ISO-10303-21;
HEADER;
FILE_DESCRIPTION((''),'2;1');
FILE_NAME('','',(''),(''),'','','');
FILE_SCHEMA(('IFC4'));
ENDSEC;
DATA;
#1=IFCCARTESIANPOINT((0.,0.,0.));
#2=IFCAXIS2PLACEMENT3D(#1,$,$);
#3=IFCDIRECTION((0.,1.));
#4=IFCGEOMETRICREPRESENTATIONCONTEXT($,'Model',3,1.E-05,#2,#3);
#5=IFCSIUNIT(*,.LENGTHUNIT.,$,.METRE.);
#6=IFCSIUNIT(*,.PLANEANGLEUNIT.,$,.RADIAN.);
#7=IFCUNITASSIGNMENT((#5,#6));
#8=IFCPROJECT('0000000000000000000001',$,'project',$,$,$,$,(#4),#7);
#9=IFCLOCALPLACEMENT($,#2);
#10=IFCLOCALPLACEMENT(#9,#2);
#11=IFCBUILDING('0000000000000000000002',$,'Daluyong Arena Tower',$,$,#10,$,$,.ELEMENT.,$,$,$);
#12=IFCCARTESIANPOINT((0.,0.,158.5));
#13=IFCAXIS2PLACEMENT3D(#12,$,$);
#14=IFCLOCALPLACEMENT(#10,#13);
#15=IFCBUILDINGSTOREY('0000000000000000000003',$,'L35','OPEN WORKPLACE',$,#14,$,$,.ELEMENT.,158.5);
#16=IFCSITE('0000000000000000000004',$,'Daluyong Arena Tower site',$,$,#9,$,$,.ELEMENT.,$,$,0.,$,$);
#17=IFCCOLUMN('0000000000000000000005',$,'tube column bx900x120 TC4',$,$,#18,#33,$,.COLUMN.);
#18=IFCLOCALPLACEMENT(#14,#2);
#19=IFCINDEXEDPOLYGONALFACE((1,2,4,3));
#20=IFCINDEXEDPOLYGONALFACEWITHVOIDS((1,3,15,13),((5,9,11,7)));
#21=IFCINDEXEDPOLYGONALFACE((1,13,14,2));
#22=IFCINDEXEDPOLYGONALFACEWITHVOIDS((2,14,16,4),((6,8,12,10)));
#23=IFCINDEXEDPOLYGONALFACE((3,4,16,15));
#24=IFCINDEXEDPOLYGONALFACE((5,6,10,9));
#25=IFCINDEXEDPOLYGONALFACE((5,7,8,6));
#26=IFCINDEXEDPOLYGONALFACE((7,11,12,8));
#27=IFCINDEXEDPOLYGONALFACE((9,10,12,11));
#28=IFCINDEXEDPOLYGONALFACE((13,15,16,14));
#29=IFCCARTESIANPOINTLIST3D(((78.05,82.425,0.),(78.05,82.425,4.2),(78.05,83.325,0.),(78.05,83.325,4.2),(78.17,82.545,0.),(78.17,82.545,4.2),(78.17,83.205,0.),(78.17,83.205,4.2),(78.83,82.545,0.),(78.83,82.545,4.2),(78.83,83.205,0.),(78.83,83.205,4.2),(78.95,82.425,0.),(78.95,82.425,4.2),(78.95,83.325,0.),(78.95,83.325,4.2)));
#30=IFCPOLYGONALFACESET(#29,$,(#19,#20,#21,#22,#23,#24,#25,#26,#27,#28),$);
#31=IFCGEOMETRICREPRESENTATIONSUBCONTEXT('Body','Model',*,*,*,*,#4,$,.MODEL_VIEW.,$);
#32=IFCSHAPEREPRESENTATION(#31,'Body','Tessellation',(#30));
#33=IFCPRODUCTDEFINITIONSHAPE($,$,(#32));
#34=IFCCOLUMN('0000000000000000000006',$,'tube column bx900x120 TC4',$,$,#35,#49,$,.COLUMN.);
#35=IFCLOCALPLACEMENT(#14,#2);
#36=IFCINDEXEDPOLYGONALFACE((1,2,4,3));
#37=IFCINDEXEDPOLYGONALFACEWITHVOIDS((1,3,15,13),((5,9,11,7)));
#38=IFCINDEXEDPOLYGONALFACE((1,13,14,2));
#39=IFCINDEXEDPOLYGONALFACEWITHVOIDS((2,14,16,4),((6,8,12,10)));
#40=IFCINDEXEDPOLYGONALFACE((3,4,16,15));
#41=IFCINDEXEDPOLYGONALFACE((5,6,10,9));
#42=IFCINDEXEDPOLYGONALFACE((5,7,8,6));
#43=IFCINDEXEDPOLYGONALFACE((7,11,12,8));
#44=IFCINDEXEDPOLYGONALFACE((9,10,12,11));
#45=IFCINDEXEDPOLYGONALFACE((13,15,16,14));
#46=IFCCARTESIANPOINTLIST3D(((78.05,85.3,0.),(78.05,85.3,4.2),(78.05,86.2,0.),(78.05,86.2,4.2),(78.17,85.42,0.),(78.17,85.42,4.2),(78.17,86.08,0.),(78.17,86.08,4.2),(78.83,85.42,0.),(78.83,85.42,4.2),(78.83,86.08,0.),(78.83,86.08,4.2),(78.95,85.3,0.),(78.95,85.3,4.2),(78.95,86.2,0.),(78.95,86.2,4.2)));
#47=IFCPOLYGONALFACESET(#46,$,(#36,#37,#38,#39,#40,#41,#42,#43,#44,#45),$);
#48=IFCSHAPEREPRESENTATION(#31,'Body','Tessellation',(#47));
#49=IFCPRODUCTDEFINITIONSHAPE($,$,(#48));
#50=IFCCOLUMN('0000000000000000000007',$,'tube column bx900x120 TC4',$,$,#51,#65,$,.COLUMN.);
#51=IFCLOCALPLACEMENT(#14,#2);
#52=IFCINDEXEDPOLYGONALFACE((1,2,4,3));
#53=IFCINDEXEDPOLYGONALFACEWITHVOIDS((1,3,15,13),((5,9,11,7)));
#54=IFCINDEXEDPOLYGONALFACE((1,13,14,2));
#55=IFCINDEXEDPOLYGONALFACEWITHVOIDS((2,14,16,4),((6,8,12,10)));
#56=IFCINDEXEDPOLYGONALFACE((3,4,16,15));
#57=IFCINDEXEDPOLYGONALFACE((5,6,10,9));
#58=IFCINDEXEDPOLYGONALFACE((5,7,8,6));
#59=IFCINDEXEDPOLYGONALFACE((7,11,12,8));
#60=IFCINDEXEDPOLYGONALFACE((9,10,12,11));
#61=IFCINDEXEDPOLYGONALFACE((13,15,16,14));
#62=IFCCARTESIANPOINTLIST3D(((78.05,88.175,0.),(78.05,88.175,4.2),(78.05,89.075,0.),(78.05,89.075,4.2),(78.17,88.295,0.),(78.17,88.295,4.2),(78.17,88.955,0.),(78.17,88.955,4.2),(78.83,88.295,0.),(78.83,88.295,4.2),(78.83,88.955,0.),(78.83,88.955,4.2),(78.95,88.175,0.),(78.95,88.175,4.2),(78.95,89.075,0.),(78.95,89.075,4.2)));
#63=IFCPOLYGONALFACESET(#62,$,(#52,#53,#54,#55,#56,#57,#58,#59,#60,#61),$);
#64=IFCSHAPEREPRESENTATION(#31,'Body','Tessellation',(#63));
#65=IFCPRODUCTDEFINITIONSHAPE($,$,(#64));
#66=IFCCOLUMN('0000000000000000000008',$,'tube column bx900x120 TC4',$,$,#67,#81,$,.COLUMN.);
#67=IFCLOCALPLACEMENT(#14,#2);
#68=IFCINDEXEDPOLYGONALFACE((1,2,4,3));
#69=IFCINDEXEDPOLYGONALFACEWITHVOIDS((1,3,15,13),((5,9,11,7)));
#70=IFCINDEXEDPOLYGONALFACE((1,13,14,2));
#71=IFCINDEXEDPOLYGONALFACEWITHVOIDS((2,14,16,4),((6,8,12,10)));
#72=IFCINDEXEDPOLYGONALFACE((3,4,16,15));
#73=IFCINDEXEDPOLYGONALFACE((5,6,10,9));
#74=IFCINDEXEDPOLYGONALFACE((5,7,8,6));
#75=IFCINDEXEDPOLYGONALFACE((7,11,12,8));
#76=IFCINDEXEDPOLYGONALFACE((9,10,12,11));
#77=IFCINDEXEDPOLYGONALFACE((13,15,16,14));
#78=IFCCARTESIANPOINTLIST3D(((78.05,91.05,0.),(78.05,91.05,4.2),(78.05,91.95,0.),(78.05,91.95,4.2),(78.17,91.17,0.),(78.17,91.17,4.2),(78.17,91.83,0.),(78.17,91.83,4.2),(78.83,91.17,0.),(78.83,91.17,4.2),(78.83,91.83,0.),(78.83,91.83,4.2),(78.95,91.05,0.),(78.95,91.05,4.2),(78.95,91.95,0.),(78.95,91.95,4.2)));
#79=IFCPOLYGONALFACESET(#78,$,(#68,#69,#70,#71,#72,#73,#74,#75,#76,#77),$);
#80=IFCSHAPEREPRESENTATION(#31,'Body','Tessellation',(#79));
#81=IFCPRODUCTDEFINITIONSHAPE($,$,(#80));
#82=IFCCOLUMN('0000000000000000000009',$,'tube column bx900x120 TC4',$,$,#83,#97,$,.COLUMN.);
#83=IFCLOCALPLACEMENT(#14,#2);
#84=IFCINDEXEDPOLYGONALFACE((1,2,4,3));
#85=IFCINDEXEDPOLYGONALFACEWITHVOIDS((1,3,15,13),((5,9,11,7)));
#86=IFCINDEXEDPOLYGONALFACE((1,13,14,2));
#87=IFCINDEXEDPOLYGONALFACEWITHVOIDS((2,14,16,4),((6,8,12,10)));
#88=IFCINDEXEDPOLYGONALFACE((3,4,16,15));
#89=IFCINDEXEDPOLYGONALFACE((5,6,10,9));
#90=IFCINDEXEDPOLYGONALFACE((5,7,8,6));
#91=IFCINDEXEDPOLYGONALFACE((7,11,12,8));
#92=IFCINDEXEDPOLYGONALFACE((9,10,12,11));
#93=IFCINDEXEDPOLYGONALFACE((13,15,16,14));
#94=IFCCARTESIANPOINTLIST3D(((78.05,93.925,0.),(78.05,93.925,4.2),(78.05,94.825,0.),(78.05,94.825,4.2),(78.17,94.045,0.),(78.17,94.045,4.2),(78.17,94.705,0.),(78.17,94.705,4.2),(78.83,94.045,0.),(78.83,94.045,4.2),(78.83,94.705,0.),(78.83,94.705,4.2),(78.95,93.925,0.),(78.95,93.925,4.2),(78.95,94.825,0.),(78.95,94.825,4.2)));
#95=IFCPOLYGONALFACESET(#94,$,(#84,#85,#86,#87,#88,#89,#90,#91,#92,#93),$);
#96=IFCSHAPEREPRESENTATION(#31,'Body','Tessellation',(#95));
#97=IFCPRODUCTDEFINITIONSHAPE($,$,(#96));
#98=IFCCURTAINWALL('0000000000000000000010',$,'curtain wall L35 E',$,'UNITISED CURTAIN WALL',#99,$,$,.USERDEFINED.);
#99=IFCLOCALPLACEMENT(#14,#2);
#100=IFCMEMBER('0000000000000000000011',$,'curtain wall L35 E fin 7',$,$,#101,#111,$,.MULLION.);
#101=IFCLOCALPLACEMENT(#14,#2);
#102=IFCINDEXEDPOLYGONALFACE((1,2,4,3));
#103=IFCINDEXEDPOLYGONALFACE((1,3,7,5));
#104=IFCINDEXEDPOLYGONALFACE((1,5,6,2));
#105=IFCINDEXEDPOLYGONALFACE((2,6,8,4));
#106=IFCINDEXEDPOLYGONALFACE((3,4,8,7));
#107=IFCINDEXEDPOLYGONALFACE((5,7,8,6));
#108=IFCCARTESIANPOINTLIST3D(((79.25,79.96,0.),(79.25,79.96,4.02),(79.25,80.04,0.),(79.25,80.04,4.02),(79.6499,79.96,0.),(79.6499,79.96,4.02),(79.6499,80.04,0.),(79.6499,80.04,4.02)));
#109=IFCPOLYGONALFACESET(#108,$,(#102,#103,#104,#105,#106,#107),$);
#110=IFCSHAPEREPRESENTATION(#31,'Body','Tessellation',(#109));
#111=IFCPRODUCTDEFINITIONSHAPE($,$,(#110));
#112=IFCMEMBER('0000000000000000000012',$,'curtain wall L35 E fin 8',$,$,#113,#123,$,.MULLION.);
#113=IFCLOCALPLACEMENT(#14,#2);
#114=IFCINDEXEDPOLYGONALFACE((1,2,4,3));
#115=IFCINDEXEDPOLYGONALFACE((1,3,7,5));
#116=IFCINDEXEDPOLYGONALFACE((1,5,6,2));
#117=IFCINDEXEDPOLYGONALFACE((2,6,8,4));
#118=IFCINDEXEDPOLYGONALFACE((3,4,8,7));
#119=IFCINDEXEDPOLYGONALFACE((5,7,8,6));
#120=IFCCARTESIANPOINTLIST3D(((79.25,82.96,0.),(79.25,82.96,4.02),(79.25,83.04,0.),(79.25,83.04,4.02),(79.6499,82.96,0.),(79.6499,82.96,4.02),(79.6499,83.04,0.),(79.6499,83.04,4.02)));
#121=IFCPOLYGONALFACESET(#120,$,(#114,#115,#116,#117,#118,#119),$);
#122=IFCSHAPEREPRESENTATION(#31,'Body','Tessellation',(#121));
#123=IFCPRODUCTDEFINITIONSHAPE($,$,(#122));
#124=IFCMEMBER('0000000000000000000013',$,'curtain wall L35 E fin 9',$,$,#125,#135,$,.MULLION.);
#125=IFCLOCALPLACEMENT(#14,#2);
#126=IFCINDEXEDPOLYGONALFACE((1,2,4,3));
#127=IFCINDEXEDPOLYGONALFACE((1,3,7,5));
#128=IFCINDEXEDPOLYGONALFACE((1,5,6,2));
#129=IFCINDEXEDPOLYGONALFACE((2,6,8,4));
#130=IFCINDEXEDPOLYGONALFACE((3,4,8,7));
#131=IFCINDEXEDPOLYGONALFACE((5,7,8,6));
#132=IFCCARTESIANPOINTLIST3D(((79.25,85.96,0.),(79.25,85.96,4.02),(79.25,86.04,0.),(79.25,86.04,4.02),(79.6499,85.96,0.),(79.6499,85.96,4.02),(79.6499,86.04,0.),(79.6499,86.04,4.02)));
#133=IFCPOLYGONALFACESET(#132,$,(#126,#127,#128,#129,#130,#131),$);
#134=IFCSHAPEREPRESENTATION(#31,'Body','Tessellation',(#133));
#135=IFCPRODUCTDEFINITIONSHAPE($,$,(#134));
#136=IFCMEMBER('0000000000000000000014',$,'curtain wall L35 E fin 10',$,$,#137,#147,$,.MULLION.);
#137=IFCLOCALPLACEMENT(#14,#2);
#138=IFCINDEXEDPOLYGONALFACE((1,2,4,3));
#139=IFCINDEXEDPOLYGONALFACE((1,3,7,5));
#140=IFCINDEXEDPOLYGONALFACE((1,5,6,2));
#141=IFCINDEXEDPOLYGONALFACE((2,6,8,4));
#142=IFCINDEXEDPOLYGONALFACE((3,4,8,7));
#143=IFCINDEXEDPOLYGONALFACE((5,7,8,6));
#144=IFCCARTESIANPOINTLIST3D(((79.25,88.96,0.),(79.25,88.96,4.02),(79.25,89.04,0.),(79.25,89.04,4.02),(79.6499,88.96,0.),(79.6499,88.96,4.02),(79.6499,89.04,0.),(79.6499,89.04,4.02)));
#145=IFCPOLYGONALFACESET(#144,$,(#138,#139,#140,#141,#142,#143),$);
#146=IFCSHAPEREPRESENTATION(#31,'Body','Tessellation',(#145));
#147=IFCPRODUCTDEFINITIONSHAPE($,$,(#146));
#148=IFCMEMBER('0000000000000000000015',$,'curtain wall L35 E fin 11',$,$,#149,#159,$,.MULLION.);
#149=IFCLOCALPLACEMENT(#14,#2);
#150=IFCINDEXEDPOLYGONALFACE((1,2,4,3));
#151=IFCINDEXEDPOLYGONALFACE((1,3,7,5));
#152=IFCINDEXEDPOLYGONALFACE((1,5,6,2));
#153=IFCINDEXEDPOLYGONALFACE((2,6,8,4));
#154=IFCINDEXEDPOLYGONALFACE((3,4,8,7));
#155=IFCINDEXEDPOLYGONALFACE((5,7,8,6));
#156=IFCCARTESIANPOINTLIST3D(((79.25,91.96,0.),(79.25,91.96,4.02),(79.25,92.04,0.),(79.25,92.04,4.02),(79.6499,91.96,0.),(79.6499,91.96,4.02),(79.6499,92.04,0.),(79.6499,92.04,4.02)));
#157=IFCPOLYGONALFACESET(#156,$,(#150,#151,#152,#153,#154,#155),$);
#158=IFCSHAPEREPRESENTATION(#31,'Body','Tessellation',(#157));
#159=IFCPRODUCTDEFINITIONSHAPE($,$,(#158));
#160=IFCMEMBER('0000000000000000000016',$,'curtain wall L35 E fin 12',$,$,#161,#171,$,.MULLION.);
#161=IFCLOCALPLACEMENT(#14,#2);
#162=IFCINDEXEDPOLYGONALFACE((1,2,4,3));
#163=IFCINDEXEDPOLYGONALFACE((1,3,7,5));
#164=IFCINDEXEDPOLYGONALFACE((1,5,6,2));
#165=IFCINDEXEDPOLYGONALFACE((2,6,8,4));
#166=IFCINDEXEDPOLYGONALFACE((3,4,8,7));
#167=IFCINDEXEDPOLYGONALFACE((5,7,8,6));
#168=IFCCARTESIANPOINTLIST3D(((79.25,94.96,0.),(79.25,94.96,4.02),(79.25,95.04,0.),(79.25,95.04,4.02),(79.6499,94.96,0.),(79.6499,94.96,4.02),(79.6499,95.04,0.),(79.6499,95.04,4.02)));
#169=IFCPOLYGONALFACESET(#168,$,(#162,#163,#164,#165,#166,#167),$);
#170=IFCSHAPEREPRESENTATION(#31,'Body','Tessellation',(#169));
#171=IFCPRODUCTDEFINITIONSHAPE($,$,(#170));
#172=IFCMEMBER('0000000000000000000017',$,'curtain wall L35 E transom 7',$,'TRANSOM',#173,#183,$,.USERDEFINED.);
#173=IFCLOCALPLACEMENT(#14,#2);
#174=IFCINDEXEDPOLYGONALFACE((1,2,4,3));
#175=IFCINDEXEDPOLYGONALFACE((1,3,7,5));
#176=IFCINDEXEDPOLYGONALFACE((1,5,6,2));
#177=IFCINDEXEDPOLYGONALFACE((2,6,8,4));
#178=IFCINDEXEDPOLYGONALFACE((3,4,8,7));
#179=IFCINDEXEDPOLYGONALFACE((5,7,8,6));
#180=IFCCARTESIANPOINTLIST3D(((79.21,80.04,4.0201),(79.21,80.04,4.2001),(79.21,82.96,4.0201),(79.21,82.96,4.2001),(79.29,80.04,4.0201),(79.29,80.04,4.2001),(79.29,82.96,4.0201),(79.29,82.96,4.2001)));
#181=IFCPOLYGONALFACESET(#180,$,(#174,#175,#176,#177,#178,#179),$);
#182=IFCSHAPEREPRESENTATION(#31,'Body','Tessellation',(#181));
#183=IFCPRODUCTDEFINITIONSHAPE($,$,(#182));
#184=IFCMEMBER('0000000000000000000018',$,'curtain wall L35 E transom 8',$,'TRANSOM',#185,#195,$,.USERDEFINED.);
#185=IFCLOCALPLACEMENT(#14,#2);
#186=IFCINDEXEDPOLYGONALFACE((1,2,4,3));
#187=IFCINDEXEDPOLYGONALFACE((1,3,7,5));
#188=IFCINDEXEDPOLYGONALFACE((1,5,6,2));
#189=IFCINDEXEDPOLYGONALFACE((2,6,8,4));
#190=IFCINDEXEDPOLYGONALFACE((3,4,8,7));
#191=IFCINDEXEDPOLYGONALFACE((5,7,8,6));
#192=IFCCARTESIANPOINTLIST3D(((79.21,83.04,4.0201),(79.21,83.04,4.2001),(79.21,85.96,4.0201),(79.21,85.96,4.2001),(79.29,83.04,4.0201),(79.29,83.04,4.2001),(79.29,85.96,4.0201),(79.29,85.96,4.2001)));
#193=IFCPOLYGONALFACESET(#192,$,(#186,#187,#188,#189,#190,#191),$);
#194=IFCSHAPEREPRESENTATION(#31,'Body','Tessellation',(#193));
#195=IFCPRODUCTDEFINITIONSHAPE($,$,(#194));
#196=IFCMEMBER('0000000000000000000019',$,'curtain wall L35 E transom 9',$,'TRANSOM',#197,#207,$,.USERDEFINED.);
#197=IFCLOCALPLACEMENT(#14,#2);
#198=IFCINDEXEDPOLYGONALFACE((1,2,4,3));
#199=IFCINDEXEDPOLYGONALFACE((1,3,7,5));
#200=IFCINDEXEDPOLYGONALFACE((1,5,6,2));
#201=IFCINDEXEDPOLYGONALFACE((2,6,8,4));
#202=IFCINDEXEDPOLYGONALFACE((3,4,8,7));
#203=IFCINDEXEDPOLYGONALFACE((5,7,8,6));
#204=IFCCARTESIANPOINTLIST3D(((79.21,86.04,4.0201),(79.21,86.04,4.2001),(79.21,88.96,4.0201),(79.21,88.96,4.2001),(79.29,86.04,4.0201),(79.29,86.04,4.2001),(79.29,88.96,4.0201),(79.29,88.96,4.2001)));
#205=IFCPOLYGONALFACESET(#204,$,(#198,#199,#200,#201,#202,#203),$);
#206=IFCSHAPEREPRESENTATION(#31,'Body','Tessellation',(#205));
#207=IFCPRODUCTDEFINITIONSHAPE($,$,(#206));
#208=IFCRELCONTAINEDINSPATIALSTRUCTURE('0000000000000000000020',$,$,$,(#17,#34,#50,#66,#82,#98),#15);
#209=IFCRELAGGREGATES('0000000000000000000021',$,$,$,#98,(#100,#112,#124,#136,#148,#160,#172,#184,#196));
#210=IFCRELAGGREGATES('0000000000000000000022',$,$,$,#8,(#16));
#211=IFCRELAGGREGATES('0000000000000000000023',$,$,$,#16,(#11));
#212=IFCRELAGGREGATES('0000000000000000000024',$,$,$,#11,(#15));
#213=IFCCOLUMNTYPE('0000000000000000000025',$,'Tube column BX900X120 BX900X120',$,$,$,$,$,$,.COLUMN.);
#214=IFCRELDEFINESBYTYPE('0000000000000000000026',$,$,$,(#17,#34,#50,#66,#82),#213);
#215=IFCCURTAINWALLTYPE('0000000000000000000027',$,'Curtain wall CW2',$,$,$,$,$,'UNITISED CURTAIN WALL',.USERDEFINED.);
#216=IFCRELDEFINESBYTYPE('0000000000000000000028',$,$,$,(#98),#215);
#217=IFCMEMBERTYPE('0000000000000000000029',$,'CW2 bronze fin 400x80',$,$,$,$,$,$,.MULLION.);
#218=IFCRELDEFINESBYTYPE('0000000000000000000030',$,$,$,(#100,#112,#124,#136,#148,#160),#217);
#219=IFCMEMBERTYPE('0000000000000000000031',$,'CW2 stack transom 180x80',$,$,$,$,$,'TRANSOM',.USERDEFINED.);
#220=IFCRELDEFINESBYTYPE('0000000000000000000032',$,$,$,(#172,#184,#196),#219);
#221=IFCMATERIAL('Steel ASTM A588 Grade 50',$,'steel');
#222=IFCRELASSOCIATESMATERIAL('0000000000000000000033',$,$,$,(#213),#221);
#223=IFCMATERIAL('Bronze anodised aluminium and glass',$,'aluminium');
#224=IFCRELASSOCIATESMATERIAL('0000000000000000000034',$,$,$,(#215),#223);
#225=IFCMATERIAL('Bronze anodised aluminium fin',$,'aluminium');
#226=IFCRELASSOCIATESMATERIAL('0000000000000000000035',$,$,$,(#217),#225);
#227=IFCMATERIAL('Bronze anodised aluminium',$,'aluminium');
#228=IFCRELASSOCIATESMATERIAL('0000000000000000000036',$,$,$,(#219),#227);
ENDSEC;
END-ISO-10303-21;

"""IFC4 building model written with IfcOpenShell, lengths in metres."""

from ifc_helpers import new_model, si_unit, direction, frame, origin, origin_2d, place, context, subcontext, project, spatial, rectangle, hollow_rectangle, extrude, material, material_profile, profile_set, type_object, element, aggregate, save


model = new_model("IFC4")

# Units and contexts
model_context = context("Model", 3, precision=1e-05, world=origin(), true_north=direction((0.0, 1.0)))
body_context = subcontext(model_context, "Body", "Model", "MODEL_VIEW")
ifc_project = project(units=[si_unit("LENGTHUNIT", "METRE"), si_unit("PLANEANGLEUNIT", "RADIAN")], contexts=[model_context])

# Site, building, storey
site_placement = place(None, origin())
site = spatial("IfcSite", under=ifc_project, at=site_placement, Name="Daluyong Arena Tower site", CompositionType="ELEMENT", RefElevation=0.0)
building_placement = place(site_placement, origin())
building = spatial("IfcBuilding", under=site, at=building_placement, Name="Daluyong Arena Tower", CompositionType="ELEMENT")
storey_placement = place(building_placement, frame((0.0, 0.0, 158.5)))
storey = spatial("IfcBuildingStorey", under=building, at=storey_placement, Name="L35", Description="OPEN WORKPLACE", CompositionType="ELEMENT", Elevation=158.5)

# Columns
ifc_material_1 = material(Name="Steel ASTM A588 Grade 50", Category="steel")
ifc_material_profile_1 = material_profile(ifc_material_1, hollow_rectangle(XDim=0.8999, YDim=0.8999, WallThickness=0.12, at=origin_2d()))
ifc_profile_set_1 = profile_set([ifc_material_profile_1], Name="Steel ASTM A588 Grade 50")
column_type = type_object("IfcColumnType", Name="Tube column BX900X120 BX900X120", PredefinedType="COLUMN", material=ifc_profile_set_1)
for number, where, z_axis, x_axis, name in (
    (1, (78.5, 82.875, 0.0), (0.0, 0.0, 1.0), (0.0, 1.0, 0.0), "tube column bx900x120 TC4"),
    (2, (78.5, 85.75, 0.0), (0.0, 0.0, 1.0), (0.0, 1.0, 0.0), "tube column bx900x120 TC4"),
    (3, (78.5, 88.625, 0.0), (0.0, 0.0, 1.0), (0.0, 1.0, 0.0), "tube column bx900x120 TC4"),
    (4, (78.5, 91.5, 0.0), (0.0, 0.0, 1.0), (0.0, 1.0, 0.0), "tube column bx900x120 TC4"),
    (5, (78.5, 94.375, 0.0), (0.0, 0.0, 1.0), (0.0, 1.0, 0.0), "tube column bx900x120 TC4"),
):
    element("IfcColumn", number, at=place(storey_placement, frame(where, z_axis=z_axis, x_axis=x_axis)), inside=storey, type_object=column_type, Name=name, PredefinedType="COLUMN", context=body_context, shape_type="SweptSolid", body=[
        extrude(hollow_rectangle(XDim=0.8999, YDim=0.8999, WallThickness=0.12, at=origin_2d()), origin(), (0.0, 0.0, 1.0), 4.2),
    ])

# Curtain wall, members
ifc_material_2 = material(Name="Bronze anodised aluminium and glass", Category="aluminium")
curtain_wall_type = type_object("IfcCurtainWallType", Name="Curtain wall CW2", ElementType="UNITISED CURTAIN WALL", PredefinedType="USERDEFINED", material=ifc_material_2)
curtain_wall_placement = place(storey_placement, origin())
curtain_wall = element("IfcCurtainWall", 6, at=curtain_wall_placement, inside=storey, type_object=curtain_wall_type, Name="curtain wall L35 E", ObjectType="UNITISED CURTAIN WALL", PredefinedType="USERDEFINED")
ifc_material_3 = material(Name="Bronze anodised aluminium fin", Category="aluminium")
ifc_material_profile_2 = material_profile(ifc_material_3, rectangle(XDim=0.3999, YDim=0.0801, at=origin_2d()))
ifc_profile_set_2 = profile_set([ifc_material_profile_2], Name="Bronze anodised aluminium fin")
member_type_1 = type_object("IfcMemberType", Name="CW2 bronze fin 400x80", PredefinedType="MULLION", material=ifc_profile_set_2)
member_1_placement = place(storey_placement, frame((79.45, 80.0, 0.0), z_axis=(0.0, 0.0, 1.0), x_axis=(-1.0, 0.0, 0.0)))
member_1 = element("IfcMember", 7, at=member_1_placement, type_object=member_type_1, Name="curtain wall L35 E fin 7", PredefinedType="MULLION", context=body_context, shape_type="SweptSolid", body=[
    extrude(rectangle(XDim=0.3999, YDim=0.0801, at=origin_2d()), origin(), (0.0, 0.0, 1.0), 4.02),
])
member_2_placement = place(storey_placement, frame((79.45, 83.0, 0.0), z_axis=(0.0, 0.0, 1.0), x_axis=(-1.0, 0.0, 0.0)))
member_2 = element("IfcMember", 8, at=member_2_placement, type_object=member_type_1, Name="curtain wall L35 E fin 8", PredefinedType="MULLION", context=body_context, shape_type="SweptSolid", body=[
    extrude(rectangle(XDim=0.3999, YDim=0.0801, at=origin_2d()), origin(), (0.0, 0.0, 1.0), 4.02),
])
member_3_placement = place(storey_placement, frame((79.45, 86.0, 0.0), z_axis=(0.0, 0.0, 1.0), x_axis=(-1.0, 0.0, 0.0)))
member_3 = element("IfcMember", 9, at=member_3_placement, type_object=member_type_1, Name="curtain wall L35 E fin 9", PredefinedType="MULLION", context=body_context, shape_type="SweptSolid", body=[
    extrude(rectangle(XDim=0.3999, YDim=0.0801, at=origin_2d()), origin(), (0.0, 0.0, 1.0), 4.02),
])
member_4_placement = place(storey_placement, frame((79.45, 89.0, 0.0), z_axis=(0.0, 0.0, 1.0), x_axis=(-1.0, 0.0, 0.0)))
member_4 = element("IfcMember", 10, at=member_4_placement, type_object=member_type_1, Name="curtain wall L35 E fin 10", PredefinedType="MULLION", context=body_context, shape_type="SweptSolid", body=[
    extrude(rectangle(XDim=0.3999, YDim=0.0801, at=origin_2d()), origin(), (0.0, 0.0, 1.0), 4.02),
])
member_5_placement = place(storey_placement, frame((79.45, 92.0, 0.0), z_axis=(0.0, 0.0, 1.0), x_axis=(-1.0, 0.0, 0.0)))
member_5 = element("IfcMember", 11, at=member_5_placement, type_object=member_type_1, Name="curtain wall L35 E fin 11", PredefinedType="MULLION", context=body_context, shape_type="SweptSolid", body=[
    extrude(rectangle(XDim=0.3999, YDim=0.0801, at=origin_2d()), origin(), (0.0, 0.0, 1.0), 4.02),
])
member_6_placement = place(storey_placement, frame((79.45, 95.0, 0.0), z_axis=(0.0, 0.0, 1.0), x_axis=(-1.0, 0.0, 0.0)))
member_6 = element("IfcMember", 12, at=member_6_placement, type_object=member_type_1, Name="curtain wall L35 E fin 12", PredefinedType="MULLION", context=body_context, shape_type="SweptSolid", body=[
    extrude(rectangle(XDim=0.3999, YDim=0.0801, at=origin_2d()), origin(), (0.0, 0.0, 1.0), 4.02),
])
ifc_material_4 = material(Name="Bronze anodised aluminium", Category="aluminium")
ifc_material_profile_3 = material_profile(ifc_material_4, rectangle(XDim=0.0801, YDim=0.1799, at=origin_2d()))
ifc_profile_set_3 = profile_set([ifc_material_profile_3], Name="Bronze anodised aluminium")
member_type_2 = type_object("IfcMemberType", Name="CW2 stack transom 180x80", ElementType="TRANSOM", PredefinedType="USERDEFINED", material=ifc_profile_set_3)
member_7_placement = place(storey_placement, frame((79.25, 80.04, 4.1101), z_axis=(0.0, 1.0, 0.0), x_axis=(-1.0, 0.0, 0.0)))
member_7 = element("IfcMember", 13, at=member_7_placement, type_object=member_type_2, Name="curtain wall L35 E transom 7", ObjectType="TRANSOM", PredefinedType="USERDEFINED", context=body_context, shape_type="SweptSolid", body=[
    extrude(rectangle(XDim=0.0801, YDim=0.1799, at=origin_2d()), origin(), (0.0, 0.0, 1.0), 2.9199),
])
member_8_placement = place(storey_placement, frame((79.25, 83.04, 4.1101), z_axis=(0.0, 1.0, 0.0), x_axis=(-1.0, 0.0, 0.0)))
member_8 = element("IfcMember", 14, at=member_8_placement, type_object=member_type_2, Name="curtain wall L35 E transom 8", ObjectType="TRANSOM", PredefinedType="USERDEFINED", context=body_context, shape_type="SweptSolid", body=[
    extrude(rectangle(XDim=0.0801, YDim=0.1799, at=origin_2d()), origin(), (0.0, 0.0, 1.0), 2.9199),
])
member_9_placement = place(storey_placement, frame((79.25, 86.04, 4.1101), z_axis=(0.0, 1.0, 0.0), x_axis=(-1.0, 0.0, 0.0)))
member_9 = element("IfcMember", 15, at=member_9_placement, type_object=member_type_2, Name="curtain wall L35 E transom 9", ObjectType="TRANSOM", PredefinedType="USERDEFINED", context=body_context, shape_type="SweptSolid", body=[
    extrude(rectangle(XDim=0.0801, YDim=0.1799, at=origin_2d()), origin(), (0.0, 0.0, 1.0), 2.9199),
])

aggregate(curtain_wall, [member_1, member_2, member_3, member_4, member_5, member_6, member_7, member_8, member_9])

save(model, "model.ifc")
